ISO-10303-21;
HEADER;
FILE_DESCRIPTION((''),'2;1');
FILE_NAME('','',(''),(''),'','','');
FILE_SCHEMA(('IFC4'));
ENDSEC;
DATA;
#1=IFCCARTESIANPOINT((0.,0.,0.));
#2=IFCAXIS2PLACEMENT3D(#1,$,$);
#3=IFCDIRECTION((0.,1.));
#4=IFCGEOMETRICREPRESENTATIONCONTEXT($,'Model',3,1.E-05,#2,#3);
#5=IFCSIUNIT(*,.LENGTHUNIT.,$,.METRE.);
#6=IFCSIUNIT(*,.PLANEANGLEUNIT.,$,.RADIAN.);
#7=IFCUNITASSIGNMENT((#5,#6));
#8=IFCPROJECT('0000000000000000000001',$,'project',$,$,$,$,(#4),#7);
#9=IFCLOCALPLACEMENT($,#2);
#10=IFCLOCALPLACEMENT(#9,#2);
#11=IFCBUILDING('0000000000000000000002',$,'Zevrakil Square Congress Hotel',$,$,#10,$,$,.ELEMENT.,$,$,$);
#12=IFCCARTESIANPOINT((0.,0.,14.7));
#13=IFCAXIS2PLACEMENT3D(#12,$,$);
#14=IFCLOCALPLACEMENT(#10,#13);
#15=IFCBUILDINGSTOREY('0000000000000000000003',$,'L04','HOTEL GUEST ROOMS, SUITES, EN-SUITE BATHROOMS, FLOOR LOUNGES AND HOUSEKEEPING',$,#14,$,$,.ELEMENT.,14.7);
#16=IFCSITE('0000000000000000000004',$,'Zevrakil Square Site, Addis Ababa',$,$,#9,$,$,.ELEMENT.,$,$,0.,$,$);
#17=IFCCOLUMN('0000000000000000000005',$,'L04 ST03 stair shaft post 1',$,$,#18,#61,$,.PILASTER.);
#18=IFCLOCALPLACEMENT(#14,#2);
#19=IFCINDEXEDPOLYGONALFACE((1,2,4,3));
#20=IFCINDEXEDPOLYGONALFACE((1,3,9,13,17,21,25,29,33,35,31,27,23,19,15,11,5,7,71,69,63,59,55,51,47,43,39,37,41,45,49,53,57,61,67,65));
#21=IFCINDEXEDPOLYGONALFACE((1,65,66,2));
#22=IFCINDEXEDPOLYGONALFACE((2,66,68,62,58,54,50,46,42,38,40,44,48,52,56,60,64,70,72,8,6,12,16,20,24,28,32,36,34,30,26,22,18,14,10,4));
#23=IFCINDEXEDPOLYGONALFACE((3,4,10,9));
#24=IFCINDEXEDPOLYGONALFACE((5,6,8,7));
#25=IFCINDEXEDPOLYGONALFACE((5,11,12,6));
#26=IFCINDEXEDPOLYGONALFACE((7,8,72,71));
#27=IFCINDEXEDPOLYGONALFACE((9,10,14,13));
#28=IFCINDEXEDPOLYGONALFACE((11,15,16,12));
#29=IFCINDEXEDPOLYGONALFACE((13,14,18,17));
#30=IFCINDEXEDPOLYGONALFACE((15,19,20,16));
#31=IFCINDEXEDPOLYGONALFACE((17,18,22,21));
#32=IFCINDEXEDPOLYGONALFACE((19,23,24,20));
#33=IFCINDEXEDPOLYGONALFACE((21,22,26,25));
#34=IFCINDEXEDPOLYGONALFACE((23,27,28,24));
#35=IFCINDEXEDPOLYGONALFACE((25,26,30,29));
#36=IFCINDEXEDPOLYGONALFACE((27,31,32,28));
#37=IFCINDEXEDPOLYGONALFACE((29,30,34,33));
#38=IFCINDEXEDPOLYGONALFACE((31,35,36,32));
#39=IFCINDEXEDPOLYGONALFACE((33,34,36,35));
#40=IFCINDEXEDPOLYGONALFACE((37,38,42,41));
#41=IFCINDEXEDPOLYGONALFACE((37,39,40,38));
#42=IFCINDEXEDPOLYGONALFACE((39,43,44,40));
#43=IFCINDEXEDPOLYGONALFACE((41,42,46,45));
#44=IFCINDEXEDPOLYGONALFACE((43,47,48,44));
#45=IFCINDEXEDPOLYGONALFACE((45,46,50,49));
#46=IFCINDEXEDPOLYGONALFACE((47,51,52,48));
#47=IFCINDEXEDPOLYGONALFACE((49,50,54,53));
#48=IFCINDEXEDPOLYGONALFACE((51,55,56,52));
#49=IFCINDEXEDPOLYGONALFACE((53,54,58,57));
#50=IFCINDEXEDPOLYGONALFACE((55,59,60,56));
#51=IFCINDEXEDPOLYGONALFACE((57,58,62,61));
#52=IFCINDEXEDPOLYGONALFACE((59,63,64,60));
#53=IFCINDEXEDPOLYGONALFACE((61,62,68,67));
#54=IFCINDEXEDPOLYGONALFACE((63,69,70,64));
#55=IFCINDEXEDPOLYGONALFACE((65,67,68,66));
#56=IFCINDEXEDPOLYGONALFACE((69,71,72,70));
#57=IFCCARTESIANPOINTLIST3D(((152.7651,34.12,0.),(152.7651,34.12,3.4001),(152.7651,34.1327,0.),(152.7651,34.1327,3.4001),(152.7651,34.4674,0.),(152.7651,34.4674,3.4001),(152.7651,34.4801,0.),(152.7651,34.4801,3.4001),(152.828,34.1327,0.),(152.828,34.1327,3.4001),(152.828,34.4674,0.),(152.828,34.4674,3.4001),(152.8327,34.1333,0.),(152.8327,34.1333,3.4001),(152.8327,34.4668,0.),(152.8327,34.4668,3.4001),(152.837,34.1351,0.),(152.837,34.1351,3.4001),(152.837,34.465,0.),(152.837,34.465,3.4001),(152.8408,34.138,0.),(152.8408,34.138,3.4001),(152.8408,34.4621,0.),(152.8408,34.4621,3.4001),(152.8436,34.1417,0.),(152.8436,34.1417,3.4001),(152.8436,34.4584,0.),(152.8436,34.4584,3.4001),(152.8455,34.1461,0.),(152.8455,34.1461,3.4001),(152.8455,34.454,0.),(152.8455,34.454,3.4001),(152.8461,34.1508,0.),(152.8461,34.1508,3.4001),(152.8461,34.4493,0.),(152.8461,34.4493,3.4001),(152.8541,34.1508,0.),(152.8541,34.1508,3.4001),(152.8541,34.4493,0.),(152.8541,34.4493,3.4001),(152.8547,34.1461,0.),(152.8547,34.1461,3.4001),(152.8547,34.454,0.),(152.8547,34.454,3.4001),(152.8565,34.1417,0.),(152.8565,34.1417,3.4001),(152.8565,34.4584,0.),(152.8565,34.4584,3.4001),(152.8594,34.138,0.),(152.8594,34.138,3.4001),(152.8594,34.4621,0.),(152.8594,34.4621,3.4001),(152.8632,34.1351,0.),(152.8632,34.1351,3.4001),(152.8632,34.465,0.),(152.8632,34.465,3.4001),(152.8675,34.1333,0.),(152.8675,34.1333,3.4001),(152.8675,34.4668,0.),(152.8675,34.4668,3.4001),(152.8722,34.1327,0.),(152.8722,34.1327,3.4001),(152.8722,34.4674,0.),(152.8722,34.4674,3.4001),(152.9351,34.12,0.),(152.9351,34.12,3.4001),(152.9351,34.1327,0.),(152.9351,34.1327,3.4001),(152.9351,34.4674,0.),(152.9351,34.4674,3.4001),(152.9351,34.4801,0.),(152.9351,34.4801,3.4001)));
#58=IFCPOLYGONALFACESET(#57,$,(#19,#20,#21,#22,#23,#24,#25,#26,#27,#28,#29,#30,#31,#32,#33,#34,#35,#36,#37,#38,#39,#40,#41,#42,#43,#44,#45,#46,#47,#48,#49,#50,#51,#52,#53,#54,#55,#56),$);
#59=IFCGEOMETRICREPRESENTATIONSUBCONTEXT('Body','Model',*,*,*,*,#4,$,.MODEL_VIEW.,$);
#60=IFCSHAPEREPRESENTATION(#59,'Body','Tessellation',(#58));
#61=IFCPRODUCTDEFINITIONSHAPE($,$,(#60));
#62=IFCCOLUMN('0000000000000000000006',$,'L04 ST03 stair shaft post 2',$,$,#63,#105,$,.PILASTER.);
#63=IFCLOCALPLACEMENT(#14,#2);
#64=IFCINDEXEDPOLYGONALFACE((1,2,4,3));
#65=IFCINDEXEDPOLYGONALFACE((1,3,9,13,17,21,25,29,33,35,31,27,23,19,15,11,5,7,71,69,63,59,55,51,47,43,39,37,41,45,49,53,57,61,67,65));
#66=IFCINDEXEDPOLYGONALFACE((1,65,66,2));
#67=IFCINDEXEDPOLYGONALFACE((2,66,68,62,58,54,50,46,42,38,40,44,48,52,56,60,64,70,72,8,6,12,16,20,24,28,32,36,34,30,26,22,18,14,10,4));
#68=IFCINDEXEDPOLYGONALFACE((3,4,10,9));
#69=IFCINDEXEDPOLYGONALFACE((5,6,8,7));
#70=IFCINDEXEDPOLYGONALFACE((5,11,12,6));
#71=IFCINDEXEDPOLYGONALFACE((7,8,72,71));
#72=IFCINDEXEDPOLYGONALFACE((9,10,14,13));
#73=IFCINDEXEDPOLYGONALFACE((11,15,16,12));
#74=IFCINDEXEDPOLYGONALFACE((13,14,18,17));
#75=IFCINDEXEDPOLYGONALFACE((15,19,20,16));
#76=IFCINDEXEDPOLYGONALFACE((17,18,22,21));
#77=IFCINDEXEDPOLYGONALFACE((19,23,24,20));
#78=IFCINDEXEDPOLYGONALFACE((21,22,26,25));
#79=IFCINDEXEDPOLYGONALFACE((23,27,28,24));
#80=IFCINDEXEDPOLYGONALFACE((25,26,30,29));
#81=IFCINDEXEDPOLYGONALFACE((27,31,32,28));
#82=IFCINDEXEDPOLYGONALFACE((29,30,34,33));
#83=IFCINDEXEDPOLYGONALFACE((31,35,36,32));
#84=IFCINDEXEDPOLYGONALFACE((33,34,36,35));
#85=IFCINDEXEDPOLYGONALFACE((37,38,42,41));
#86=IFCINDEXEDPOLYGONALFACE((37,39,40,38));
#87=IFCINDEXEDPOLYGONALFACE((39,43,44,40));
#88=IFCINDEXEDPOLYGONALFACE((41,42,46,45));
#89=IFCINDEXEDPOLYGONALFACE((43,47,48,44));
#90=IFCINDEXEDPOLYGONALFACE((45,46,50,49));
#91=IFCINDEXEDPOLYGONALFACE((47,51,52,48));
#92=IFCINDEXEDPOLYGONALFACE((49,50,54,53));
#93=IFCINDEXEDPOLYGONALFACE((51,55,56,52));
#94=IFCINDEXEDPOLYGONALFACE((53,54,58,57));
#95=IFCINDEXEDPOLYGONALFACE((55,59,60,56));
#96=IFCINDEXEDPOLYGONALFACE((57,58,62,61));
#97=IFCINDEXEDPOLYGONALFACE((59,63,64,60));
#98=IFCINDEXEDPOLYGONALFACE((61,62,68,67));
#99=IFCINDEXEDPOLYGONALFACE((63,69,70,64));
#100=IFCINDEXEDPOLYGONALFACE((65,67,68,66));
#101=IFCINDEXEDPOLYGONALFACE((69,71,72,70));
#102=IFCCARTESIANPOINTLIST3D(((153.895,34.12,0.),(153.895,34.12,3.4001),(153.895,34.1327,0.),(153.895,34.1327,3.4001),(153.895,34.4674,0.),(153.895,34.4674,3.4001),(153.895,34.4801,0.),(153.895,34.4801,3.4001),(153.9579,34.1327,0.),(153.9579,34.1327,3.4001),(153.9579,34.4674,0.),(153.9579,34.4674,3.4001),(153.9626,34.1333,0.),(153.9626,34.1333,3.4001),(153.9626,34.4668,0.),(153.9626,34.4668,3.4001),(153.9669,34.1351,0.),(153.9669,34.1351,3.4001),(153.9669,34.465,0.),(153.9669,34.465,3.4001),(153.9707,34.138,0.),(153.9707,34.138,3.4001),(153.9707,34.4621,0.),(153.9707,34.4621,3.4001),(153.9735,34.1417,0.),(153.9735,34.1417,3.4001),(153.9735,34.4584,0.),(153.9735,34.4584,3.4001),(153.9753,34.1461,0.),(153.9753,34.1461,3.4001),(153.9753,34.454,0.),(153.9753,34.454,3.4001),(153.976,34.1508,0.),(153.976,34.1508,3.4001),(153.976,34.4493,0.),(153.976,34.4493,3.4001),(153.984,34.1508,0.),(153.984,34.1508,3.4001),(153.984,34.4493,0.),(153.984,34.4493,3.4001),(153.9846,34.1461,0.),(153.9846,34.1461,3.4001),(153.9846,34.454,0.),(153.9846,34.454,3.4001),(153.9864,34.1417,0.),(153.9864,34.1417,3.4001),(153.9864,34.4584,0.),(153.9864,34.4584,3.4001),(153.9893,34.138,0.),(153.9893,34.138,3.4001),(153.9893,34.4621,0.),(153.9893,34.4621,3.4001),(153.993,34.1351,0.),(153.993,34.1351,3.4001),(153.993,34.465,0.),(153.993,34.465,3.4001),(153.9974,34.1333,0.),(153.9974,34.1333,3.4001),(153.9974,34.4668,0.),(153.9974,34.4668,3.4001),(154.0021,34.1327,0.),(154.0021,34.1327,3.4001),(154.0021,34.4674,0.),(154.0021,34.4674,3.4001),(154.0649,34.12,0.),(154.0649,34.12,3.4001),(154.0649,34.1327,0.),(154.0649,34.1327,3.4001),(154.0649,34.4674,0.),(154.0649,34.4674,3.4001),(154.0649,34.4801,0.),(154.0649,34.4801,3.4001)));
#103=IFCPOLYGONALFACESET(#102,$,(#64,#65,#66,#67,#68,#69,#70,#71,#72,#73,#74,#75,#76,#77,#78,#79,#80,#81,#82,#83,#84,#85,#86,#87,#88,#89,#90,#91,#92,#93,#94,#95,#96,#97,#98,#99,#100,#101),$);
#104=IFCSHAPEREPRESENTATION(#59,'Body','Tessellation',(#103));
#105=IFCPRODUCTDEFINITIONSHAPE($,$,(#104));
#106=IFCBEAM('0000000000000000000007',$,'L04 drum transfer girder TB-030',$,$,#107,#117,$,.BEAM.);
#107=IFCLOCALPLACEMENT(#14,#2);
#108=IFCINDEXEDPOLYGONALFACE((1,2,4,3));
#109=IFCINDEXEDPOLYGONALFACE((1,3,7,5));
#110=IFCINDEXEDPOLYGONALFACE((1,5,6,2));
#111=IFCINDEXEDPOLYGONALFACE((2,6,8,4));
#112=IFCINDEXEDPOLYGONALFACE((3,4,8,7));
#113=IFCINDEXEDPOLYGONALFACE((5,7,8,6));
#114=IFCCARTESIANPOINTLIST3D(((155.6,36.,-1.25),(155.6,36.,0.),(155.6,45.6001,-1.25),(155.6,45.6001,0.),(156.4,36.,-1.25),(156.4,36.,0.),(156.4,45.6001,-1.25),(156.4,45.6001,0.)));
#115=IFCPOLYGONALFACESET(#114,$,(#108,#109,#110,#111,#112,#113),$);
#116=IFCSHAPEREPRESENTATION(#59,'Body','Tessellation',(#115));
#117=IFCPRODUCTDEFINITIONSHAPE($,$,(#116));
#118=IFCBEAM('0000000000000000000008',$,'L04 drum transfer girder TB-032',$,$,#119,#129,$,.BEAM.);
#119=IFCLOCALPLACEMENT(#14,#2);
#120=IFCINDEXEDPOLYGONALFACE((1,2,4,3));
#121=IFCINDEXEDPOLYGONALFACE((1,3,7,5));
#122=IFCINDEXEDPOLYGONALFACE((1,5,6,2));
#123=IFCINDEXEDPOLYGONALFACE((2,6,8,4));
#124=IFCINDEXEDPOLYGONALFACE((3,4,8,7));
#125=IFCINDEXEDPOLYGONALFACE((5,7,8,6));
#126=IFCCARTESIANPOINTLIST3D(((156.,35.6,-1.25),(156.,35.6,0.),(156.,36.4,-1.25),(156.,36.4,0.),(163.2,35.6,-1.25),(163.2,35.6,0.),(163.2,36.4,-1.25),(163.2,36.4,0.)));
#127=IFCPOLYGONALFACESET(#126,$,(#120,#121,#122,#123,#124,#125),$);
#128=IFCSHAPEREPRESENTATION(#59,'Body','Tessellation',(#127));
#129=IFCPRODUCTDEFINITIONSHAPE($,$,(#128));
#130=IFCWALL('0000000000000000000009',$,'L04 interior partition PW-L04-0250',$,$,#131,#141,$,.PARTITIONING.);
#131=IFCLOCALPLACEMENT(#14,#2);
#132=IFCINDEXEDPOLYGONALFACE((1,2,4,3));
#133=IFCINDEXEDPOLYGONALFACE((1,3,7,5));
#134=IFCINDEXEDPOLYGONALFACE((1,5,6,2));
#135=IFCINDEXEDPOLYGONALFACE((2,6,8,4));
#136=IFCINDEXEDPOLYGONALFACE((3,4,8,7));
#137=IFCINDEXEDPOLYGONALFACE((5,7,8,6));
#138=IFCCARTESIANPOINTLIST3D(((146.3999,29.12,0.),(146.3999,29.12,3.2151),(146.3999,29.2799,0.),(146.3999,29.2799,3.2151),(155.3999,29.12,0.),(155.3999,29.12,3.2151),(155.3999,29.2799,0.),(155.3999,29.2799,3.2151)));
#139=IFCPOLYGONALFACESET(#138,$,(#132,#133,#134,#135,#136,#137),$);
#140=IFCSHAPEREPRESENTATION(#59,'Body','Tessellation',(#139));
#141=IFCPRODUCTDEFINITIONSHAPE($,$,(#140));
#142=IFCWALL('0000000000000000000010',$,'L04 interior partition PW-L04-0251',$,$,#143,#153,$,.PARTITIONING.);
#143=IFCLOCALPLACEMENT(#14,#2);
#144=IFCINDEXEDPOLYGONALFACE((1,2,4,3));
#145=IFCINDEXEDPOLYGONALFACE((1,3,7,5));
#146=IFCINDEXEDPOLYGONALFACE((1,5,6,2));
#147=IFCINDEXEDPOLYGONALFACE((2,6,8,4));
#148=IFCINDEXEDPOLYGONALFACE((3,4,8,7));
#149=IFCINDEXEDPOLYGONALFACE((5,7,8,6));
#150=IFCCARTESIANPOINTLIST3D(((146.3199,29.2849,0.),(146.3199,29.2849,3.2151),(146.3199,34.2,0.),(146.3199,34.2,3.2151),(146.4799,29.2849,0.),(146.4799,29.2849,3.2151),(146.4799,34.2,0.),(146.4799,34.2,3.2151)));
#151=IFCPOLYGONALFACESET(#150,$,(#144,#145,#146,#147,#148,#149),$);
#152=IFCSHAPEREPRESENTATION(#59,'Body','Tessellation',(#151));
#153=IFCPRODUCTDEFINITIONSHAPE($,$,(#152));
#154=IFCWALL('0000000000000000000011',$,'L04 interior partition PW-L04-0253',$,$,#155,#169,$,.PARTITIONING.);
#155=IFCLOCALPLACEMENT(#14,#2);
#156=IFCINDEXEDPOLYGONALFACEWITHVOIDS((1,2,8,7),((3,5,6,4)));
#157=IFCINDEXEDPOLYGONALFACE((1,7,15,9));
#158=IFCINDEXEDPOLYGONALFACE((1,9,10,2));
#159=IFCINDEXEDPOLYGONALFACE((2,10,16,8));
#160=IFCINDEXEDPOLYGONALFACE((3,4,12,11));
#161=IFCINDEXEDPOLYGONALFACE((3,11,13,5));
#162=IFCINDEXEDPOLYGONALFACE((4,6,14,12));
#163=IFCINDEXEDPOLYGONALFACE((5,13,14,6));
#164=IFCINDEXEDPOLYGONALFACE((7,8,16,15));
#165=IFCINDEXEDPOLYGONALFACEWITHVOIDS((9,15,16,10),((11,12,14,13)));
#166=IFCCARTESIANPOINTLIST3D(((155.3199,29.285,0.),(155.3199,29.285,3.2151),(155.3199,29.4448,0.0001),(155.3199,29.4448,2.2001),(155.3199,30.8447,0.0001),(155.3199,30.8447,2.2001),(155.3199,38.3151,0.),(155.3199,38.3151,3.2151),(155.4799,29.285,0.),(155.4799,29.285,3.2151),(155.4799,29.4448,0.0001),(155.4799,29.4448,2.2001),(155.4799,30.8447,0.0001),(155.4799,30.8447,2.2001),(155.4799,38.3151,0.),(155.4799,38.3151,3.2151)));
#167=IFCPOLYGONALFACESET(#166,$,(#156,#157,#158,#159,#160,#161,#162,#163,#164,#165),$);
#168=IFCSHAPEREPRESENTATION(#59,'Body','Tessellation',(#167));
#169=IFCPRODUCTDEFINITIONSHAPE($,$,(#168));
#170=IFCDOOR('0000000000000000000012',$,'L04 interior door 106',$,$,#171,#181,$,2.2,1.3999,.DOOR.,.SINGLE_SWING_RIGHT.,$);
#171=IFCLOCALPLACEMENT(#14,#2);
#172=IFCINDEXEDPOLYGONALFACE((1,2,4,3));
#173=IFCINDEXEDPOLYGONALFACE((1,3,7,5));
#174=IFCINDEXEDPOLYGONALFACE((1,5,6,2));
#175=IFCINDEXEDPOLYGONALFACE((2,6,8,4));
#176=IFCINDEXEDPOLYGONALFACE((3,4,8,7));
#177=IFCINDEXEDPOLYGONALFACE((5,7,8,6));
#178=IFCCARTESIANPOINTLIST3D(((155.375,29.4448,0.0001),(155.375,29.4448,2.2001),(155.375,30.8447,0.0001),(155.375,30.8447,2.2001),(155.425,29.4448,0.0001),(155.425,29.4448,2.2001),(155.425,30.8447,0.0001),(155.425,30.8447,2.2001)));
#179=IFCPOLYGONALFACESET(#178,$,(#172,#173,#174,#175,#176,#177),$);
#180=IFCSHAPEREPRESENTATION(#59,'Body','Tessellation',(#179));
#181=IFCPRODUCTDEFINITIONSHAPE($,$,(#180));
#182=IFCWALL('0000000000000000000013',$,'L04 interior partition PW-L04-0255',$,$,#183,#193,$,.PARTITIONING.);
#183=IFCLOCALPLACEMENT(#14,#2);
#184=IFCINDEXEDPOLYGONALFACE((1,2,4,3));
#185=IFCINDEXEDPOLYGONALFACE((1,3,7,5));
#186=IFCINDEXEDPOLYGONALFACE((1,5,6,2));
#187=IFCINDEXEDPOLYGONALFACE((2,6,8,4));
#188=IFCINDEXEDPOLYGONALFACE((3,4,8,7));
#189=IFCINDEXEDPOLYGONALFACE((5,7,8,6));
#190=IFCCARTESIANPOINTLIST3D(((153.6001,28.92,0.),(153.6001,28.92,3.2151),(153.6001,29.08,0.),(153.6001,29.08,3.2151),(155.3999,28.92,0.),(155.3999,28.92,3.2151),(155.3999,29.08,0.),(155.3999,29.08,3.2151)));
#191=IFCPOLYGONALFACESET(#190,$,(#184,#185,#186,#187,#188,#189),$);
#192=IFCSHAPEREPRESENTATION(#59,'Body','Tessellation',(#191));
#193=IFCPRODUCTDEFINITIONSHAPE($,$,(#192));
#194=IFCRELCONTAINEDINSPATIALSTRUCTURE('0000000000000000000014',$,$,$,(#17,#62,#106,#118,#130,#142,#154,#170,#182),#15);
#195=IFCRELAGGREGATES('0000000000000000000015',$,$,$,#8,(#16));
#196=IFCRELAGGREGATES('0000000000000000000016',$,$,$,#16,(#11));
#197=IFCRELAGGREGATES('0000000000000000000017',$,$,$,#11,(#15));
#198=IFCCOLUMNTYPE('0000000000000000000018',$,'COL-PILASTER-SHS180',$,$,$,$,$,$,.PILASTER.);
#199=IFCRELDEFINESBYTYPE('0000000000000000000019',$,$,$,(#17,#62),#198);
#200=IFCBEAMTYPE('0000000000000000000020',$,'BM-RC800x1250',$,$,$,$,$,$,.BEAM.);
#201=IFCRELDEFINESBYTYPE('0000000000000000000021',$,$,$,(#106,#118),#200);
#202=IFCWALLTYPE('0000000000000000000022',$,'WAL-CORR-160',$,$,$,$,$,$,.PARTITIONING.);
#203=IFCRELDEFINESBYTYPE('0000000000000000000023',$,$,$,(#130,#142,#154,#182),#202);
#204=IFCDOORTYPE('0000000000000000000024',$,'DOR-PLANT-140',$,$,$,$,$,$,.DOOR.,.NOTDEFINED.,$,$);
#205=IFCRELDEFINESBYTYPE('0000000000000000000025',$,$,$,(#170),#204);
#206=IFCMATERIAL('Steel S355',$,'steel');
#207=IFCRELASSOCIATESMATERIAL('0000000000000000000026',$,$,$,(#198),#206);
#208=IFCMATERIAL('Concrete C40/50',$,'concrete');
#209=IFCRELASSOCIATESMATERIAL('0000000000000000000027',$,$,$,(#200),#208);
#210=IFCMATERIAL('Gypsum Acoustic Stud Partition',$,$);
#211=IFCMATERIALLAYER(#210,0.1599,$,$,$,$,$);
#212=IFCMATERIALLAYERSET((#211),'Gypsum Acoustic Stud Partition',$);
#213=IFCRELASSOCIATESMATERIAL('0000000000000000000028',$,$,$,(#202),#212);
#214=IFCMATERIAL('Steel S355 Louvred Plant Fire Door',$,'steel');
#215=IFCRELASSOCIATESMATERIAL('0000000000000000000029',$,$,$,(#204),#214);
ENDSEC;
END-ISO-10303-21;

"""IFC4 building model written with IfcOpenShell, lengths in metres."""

from ifc_helpers import new_model, si_unit, direction, frame, frame_2d, origin, origin_2d, place, context, subcontext, project, spatial, rectangle, i_section, extrude, material, layer, layer_set, material_profile, profile_set, type_object, element, fill, save


model = new_model("IFC4")

# Units and contexts
model_context = context("Model", 3, precision=1e-05, world=origin(), true_north=direction((0.0, 1.0)))
body_context = subcontext(model_context, "Body", "Model", "MODEL_VIEW")
ifc_project = project(units=[si_unit("LENGTHUNIT", "METRE"), si_unit("PLANEANGLEUNIT", "RADIAN")], contexts=[model_context])

# Site, building, storey
site_placement = place(None, origin())
site = spatial("IfcSite", under=ifc_project, at=site_placement, Name="Zevrakil Square Site, Addis Ababa", CompositionType="ELEMENT", RefElevation=0.0)
building_placement = place(site_placement, origin())
building = spatial("IfcBuilding", under=site, at=building_placement, Name="Zevrakil Square Congress Hotel", CompositionType="ELEMENT")
storey_placement = place(building_placement, frame((0.0, 0.0, 14.7)))
storey = spatial("IfcBuildingStorey", under=building, at=storey_placement, Name="L04", Description="HOTEL GUEST ROOMS, SUITES, EN-SUITE BATHROOMS, FLOOR LOUNGES AND HOUSEKEEPING", CompositionType="ELEMENT", Elevation=14.7)

# Columns
ifc_material_1 = material(Name="Steel S355", Category="steel")
ifc_material_profile_1 = material_profile(ifc_material_1, i_section(OverallWidth=0.1699, OverallDepth=0.3601, WebThickness=0.0081, FlangeThickness=0.0127, FilletRadius=0.0181, at=origin_2d()), Name="IPE 360")
ifc_profile_set_1 = profile_set([ifc_material_profile_1], Name="Steel S355")
column_type = type_object("IfcColumnType", Name="COL-PILASTER-SHS180", PredefinedType="PILASTER", material=ifc_profile_set_1)
for number, where, z_axis, x_axis, name in (
    (1, (152.8501, 34.3, 0.0), (0.0, 0.0, 1.0), (1.0, 0.0, 0.0), "L04 ST03 stair shaft post 1"),
    (2, (153.98, 34.3, 0.0), (0.0, 0.0, 1.0), (1.0, 0.0, 0.0), "L04 ST03 stair shaft post 2"),
):
    element("IfcColumn", number, at=place(storey_placement, frame(where, z_axis=z_axis, x_axis=x_axis)), inside=storey, type_object=column_type, Name=name, PredefinedType="PILASTER", context=body_context, shape_type="SweptSolid", body=[
        extrude(i_section(OverallWidth=0.1699, OverallDepth=0.3601, WebThickness=0.0081, FlangeThickness=0.0127, FilletRadius=0.0181, at=origin_2d()), origin(), (0.0, 0.0, 1.0), 3.4001),
    ])

# Beams
ifc_material_2 = material(Name="Concrete C40/50", Category="concrete")
ifc_material_profile_2 = material_profile(ifc_material_2, rectangle(XDim=0.8, YDim=1.25, at=origin_2d()), Name="RC 800x1250")
ifc_profile_set_2 = profile_set([ifc_material_profile_2], Name="Concrete C40/50")
beam_type = type_object("IfcBeamType", Name="BM-RC800x1250", PredefinedType="BEAM", material=ifc_profile_set_2)
beam_1_placement = place(storey_placement, frame((156.0, 36.0, -0.625), z_axis=(0.0, 1.0, 0.0), x_axis=(-1.0, 0.0, 0.0)))
element("IfcBeam", 3, at=beam_1_placement, inside=storey, type_object=beam_type, Name="L04 drum transfer girder TB-030", PredefinedType="BEAM", context=body_context, shape_type="SweptSolid", body=[
    extrude(rectangle(XDim=0.8, YDim=1.25, at=origin_2d()), origin(), (0.0, 0.0, 1.0), 9.6001),
])
beam_2_placement = place(storey_placement, frame((156.0, 36.0, -0.625), z_axis=(1.0, 0.0, 0.0), x_axis=(0.0, 1.0, 0.0)))
element("IfcBeam", 4, at=beam_2_placement, inside=storey, type_object=beam_type, Name="L04 drum transfer girder TB-032", PredefinedType="BEAM", context=body_context, shape_type="SweptSolid", body=[
    extrude(rectangle(XDim=0.8, YDim=1.25, at=origin_2d()), origin(), (0.0, 0.0, 1.0), 7.2),
])

# Walls
ifc_material_3 = material(Name="Gypsum Acoustic Stud Partition")
ifc_layer_1 = layer(ifc_material_3, 0.1599)
ifc_layer_set_1 = layer_set([ifc_layer_1], Name="Gypsum Acoustic Stud Partition")
wall_type_1 = type_object("IfcWallType", Name="WAL-CORR-160", PredefinedType="PARTITIONING", material=ifc_layer_set_1)
wall_1_placement = place(storey_placement, frame((146.3999, 29.2, 0.0), z_axis=(0.0, 0.0, 1.0), x_axis=(1.0, 0.0, 0.0)))
element("IfcWall", 5, at=wall_1_placement, inside=storey, type_object=wall_type_1, Name="L04 interior partition PW-L04-0250", PredefinedType="PARTITIONING", context=body_context, shape_type="SweptSolid", body=[
    extrude(rectangle(XDim=9.0, YDim=0.1599, at=frame_2d((4.5, 0.0))), origin(), (0.0, 0.0, 1.0), 3.2151),
])
wall_2_placement = place(storey_placement, frame((146.3999, 29.2849, 0.0), z_axis=(0.0, 0.0, 1.0), x_axis=(0.0, 1.0, 0.0)))
element("IfcWall", 6, at=wall_2_placement, inside=storey, type_object=wall_type_1, Name="L04 interior partition PW-L04-0251", PredefinedType="PARTITIONING", context=body_context, shape_type="SweptSolid", body=[
    extrude(rectangle(XDim=4.915, YDim=0.1599, at=frame_2d((2.4575, 0.0))), origin(), (0.0, 0.0, 1.0), 3.2151),
])

# Wall, opening, door
wall_3_placement = place(storey_placement, frame((155.3999, 29.2849, 0.0), z_axis=(0.0, 0.0, 1.0), x_axis=(0.0, 1.0, 0.0)))
wall_3 = element("IfcWall", 7, at=wall_3_placement, inside=storey, type_object=wall_type_1, Name="L04 interior partition PW-L04-0253", PredefinedType="PARTITIONING", context=body_context, shape_type="SweptSolid", body=[
    extrude(rectangle(XDim=9.03, YDim=0.1599, at=frame_2d((4.5151, 0.0))), origin(), (0.0, 0.0, 1.0), 3.2151),
])
opening_1_placement = place(wall_3_placement, frame((0.1599, 0.0, 0.0)))
opening_1 = element("IfcOpeningElement", 8, at=opening_1_placement, cuts=wall_3, PredefinedType="OPENING", context=body_context, shape_type="SweptSolid", body=[
    extrude(rectangle(XDim=1.3999, YDim=2.2, at=frame_2d((0.7, 1.1001))), frame((0.0, 0.0898, 0.0), z_axis=(0.0, -1.0, 0.0), x_axis=(1.0, 0.0, 0.0)), (0.0, 0.0, 1.0), 0.1799),
])
ifc_material_4 = material(Name="Steel S355 Louvred Plant Fire Door", Category="steel")
door_type_1 = type_object("IfcDoorType", Name="DOR-PLANT-140", OperationType="NOTDEFINED", PredefinedType="DOOR", material=ifc_material_4)
door_1_placement = place(opening_1_placement, origin())
door_1 = element("IfcDoor", 9, at=door_1_placement, inside=storey, type_object=door_type_1, Name="L04 interior door 106", OperationType="SINGLE_SWING_RIGHT", OverallHeight=2.2, OverallWidth=1.3999, PredefinedType="DOOR", context=body_context, shape_type="SweptSolid", body=[
    extrude(rectangle(XDim=1.3999, YDim=2.2, at=frame_2d((0.7, 1.1001))), frame((0.0, 0.0249, 0.0), z_axis=(0.0, -1.0, 0.0), x_axis=(1.0, 0.0, 0.0)), (0.0, 0.0, 1.0), 0.05),
])
fill(opening_1, door_1)

# Wall
wall_4_placement = place(storey_placement, frame((153.6001, 29.0, 0.0), z_axis=(0.0, 0.0, 1.0), x_axis=(1.0, 0.0, 0.0)))
element("IfcWall", 10, at=wall_4_placement, inside=storey, type_object=wall_type_1, Name="L04 interior partition PW-L04-0255", PredefinedType="PARTITIONING", context=body_context, shape_type="SweptSolid", body=[
    extrude(rectangle(XDim=1.7998, YDim=0.1599, at=frame_2d((0.8999, 0.0))), origin(), (0.0, 0.0, 1.0), 3.2151),
])

save(model, "model.ifc")
